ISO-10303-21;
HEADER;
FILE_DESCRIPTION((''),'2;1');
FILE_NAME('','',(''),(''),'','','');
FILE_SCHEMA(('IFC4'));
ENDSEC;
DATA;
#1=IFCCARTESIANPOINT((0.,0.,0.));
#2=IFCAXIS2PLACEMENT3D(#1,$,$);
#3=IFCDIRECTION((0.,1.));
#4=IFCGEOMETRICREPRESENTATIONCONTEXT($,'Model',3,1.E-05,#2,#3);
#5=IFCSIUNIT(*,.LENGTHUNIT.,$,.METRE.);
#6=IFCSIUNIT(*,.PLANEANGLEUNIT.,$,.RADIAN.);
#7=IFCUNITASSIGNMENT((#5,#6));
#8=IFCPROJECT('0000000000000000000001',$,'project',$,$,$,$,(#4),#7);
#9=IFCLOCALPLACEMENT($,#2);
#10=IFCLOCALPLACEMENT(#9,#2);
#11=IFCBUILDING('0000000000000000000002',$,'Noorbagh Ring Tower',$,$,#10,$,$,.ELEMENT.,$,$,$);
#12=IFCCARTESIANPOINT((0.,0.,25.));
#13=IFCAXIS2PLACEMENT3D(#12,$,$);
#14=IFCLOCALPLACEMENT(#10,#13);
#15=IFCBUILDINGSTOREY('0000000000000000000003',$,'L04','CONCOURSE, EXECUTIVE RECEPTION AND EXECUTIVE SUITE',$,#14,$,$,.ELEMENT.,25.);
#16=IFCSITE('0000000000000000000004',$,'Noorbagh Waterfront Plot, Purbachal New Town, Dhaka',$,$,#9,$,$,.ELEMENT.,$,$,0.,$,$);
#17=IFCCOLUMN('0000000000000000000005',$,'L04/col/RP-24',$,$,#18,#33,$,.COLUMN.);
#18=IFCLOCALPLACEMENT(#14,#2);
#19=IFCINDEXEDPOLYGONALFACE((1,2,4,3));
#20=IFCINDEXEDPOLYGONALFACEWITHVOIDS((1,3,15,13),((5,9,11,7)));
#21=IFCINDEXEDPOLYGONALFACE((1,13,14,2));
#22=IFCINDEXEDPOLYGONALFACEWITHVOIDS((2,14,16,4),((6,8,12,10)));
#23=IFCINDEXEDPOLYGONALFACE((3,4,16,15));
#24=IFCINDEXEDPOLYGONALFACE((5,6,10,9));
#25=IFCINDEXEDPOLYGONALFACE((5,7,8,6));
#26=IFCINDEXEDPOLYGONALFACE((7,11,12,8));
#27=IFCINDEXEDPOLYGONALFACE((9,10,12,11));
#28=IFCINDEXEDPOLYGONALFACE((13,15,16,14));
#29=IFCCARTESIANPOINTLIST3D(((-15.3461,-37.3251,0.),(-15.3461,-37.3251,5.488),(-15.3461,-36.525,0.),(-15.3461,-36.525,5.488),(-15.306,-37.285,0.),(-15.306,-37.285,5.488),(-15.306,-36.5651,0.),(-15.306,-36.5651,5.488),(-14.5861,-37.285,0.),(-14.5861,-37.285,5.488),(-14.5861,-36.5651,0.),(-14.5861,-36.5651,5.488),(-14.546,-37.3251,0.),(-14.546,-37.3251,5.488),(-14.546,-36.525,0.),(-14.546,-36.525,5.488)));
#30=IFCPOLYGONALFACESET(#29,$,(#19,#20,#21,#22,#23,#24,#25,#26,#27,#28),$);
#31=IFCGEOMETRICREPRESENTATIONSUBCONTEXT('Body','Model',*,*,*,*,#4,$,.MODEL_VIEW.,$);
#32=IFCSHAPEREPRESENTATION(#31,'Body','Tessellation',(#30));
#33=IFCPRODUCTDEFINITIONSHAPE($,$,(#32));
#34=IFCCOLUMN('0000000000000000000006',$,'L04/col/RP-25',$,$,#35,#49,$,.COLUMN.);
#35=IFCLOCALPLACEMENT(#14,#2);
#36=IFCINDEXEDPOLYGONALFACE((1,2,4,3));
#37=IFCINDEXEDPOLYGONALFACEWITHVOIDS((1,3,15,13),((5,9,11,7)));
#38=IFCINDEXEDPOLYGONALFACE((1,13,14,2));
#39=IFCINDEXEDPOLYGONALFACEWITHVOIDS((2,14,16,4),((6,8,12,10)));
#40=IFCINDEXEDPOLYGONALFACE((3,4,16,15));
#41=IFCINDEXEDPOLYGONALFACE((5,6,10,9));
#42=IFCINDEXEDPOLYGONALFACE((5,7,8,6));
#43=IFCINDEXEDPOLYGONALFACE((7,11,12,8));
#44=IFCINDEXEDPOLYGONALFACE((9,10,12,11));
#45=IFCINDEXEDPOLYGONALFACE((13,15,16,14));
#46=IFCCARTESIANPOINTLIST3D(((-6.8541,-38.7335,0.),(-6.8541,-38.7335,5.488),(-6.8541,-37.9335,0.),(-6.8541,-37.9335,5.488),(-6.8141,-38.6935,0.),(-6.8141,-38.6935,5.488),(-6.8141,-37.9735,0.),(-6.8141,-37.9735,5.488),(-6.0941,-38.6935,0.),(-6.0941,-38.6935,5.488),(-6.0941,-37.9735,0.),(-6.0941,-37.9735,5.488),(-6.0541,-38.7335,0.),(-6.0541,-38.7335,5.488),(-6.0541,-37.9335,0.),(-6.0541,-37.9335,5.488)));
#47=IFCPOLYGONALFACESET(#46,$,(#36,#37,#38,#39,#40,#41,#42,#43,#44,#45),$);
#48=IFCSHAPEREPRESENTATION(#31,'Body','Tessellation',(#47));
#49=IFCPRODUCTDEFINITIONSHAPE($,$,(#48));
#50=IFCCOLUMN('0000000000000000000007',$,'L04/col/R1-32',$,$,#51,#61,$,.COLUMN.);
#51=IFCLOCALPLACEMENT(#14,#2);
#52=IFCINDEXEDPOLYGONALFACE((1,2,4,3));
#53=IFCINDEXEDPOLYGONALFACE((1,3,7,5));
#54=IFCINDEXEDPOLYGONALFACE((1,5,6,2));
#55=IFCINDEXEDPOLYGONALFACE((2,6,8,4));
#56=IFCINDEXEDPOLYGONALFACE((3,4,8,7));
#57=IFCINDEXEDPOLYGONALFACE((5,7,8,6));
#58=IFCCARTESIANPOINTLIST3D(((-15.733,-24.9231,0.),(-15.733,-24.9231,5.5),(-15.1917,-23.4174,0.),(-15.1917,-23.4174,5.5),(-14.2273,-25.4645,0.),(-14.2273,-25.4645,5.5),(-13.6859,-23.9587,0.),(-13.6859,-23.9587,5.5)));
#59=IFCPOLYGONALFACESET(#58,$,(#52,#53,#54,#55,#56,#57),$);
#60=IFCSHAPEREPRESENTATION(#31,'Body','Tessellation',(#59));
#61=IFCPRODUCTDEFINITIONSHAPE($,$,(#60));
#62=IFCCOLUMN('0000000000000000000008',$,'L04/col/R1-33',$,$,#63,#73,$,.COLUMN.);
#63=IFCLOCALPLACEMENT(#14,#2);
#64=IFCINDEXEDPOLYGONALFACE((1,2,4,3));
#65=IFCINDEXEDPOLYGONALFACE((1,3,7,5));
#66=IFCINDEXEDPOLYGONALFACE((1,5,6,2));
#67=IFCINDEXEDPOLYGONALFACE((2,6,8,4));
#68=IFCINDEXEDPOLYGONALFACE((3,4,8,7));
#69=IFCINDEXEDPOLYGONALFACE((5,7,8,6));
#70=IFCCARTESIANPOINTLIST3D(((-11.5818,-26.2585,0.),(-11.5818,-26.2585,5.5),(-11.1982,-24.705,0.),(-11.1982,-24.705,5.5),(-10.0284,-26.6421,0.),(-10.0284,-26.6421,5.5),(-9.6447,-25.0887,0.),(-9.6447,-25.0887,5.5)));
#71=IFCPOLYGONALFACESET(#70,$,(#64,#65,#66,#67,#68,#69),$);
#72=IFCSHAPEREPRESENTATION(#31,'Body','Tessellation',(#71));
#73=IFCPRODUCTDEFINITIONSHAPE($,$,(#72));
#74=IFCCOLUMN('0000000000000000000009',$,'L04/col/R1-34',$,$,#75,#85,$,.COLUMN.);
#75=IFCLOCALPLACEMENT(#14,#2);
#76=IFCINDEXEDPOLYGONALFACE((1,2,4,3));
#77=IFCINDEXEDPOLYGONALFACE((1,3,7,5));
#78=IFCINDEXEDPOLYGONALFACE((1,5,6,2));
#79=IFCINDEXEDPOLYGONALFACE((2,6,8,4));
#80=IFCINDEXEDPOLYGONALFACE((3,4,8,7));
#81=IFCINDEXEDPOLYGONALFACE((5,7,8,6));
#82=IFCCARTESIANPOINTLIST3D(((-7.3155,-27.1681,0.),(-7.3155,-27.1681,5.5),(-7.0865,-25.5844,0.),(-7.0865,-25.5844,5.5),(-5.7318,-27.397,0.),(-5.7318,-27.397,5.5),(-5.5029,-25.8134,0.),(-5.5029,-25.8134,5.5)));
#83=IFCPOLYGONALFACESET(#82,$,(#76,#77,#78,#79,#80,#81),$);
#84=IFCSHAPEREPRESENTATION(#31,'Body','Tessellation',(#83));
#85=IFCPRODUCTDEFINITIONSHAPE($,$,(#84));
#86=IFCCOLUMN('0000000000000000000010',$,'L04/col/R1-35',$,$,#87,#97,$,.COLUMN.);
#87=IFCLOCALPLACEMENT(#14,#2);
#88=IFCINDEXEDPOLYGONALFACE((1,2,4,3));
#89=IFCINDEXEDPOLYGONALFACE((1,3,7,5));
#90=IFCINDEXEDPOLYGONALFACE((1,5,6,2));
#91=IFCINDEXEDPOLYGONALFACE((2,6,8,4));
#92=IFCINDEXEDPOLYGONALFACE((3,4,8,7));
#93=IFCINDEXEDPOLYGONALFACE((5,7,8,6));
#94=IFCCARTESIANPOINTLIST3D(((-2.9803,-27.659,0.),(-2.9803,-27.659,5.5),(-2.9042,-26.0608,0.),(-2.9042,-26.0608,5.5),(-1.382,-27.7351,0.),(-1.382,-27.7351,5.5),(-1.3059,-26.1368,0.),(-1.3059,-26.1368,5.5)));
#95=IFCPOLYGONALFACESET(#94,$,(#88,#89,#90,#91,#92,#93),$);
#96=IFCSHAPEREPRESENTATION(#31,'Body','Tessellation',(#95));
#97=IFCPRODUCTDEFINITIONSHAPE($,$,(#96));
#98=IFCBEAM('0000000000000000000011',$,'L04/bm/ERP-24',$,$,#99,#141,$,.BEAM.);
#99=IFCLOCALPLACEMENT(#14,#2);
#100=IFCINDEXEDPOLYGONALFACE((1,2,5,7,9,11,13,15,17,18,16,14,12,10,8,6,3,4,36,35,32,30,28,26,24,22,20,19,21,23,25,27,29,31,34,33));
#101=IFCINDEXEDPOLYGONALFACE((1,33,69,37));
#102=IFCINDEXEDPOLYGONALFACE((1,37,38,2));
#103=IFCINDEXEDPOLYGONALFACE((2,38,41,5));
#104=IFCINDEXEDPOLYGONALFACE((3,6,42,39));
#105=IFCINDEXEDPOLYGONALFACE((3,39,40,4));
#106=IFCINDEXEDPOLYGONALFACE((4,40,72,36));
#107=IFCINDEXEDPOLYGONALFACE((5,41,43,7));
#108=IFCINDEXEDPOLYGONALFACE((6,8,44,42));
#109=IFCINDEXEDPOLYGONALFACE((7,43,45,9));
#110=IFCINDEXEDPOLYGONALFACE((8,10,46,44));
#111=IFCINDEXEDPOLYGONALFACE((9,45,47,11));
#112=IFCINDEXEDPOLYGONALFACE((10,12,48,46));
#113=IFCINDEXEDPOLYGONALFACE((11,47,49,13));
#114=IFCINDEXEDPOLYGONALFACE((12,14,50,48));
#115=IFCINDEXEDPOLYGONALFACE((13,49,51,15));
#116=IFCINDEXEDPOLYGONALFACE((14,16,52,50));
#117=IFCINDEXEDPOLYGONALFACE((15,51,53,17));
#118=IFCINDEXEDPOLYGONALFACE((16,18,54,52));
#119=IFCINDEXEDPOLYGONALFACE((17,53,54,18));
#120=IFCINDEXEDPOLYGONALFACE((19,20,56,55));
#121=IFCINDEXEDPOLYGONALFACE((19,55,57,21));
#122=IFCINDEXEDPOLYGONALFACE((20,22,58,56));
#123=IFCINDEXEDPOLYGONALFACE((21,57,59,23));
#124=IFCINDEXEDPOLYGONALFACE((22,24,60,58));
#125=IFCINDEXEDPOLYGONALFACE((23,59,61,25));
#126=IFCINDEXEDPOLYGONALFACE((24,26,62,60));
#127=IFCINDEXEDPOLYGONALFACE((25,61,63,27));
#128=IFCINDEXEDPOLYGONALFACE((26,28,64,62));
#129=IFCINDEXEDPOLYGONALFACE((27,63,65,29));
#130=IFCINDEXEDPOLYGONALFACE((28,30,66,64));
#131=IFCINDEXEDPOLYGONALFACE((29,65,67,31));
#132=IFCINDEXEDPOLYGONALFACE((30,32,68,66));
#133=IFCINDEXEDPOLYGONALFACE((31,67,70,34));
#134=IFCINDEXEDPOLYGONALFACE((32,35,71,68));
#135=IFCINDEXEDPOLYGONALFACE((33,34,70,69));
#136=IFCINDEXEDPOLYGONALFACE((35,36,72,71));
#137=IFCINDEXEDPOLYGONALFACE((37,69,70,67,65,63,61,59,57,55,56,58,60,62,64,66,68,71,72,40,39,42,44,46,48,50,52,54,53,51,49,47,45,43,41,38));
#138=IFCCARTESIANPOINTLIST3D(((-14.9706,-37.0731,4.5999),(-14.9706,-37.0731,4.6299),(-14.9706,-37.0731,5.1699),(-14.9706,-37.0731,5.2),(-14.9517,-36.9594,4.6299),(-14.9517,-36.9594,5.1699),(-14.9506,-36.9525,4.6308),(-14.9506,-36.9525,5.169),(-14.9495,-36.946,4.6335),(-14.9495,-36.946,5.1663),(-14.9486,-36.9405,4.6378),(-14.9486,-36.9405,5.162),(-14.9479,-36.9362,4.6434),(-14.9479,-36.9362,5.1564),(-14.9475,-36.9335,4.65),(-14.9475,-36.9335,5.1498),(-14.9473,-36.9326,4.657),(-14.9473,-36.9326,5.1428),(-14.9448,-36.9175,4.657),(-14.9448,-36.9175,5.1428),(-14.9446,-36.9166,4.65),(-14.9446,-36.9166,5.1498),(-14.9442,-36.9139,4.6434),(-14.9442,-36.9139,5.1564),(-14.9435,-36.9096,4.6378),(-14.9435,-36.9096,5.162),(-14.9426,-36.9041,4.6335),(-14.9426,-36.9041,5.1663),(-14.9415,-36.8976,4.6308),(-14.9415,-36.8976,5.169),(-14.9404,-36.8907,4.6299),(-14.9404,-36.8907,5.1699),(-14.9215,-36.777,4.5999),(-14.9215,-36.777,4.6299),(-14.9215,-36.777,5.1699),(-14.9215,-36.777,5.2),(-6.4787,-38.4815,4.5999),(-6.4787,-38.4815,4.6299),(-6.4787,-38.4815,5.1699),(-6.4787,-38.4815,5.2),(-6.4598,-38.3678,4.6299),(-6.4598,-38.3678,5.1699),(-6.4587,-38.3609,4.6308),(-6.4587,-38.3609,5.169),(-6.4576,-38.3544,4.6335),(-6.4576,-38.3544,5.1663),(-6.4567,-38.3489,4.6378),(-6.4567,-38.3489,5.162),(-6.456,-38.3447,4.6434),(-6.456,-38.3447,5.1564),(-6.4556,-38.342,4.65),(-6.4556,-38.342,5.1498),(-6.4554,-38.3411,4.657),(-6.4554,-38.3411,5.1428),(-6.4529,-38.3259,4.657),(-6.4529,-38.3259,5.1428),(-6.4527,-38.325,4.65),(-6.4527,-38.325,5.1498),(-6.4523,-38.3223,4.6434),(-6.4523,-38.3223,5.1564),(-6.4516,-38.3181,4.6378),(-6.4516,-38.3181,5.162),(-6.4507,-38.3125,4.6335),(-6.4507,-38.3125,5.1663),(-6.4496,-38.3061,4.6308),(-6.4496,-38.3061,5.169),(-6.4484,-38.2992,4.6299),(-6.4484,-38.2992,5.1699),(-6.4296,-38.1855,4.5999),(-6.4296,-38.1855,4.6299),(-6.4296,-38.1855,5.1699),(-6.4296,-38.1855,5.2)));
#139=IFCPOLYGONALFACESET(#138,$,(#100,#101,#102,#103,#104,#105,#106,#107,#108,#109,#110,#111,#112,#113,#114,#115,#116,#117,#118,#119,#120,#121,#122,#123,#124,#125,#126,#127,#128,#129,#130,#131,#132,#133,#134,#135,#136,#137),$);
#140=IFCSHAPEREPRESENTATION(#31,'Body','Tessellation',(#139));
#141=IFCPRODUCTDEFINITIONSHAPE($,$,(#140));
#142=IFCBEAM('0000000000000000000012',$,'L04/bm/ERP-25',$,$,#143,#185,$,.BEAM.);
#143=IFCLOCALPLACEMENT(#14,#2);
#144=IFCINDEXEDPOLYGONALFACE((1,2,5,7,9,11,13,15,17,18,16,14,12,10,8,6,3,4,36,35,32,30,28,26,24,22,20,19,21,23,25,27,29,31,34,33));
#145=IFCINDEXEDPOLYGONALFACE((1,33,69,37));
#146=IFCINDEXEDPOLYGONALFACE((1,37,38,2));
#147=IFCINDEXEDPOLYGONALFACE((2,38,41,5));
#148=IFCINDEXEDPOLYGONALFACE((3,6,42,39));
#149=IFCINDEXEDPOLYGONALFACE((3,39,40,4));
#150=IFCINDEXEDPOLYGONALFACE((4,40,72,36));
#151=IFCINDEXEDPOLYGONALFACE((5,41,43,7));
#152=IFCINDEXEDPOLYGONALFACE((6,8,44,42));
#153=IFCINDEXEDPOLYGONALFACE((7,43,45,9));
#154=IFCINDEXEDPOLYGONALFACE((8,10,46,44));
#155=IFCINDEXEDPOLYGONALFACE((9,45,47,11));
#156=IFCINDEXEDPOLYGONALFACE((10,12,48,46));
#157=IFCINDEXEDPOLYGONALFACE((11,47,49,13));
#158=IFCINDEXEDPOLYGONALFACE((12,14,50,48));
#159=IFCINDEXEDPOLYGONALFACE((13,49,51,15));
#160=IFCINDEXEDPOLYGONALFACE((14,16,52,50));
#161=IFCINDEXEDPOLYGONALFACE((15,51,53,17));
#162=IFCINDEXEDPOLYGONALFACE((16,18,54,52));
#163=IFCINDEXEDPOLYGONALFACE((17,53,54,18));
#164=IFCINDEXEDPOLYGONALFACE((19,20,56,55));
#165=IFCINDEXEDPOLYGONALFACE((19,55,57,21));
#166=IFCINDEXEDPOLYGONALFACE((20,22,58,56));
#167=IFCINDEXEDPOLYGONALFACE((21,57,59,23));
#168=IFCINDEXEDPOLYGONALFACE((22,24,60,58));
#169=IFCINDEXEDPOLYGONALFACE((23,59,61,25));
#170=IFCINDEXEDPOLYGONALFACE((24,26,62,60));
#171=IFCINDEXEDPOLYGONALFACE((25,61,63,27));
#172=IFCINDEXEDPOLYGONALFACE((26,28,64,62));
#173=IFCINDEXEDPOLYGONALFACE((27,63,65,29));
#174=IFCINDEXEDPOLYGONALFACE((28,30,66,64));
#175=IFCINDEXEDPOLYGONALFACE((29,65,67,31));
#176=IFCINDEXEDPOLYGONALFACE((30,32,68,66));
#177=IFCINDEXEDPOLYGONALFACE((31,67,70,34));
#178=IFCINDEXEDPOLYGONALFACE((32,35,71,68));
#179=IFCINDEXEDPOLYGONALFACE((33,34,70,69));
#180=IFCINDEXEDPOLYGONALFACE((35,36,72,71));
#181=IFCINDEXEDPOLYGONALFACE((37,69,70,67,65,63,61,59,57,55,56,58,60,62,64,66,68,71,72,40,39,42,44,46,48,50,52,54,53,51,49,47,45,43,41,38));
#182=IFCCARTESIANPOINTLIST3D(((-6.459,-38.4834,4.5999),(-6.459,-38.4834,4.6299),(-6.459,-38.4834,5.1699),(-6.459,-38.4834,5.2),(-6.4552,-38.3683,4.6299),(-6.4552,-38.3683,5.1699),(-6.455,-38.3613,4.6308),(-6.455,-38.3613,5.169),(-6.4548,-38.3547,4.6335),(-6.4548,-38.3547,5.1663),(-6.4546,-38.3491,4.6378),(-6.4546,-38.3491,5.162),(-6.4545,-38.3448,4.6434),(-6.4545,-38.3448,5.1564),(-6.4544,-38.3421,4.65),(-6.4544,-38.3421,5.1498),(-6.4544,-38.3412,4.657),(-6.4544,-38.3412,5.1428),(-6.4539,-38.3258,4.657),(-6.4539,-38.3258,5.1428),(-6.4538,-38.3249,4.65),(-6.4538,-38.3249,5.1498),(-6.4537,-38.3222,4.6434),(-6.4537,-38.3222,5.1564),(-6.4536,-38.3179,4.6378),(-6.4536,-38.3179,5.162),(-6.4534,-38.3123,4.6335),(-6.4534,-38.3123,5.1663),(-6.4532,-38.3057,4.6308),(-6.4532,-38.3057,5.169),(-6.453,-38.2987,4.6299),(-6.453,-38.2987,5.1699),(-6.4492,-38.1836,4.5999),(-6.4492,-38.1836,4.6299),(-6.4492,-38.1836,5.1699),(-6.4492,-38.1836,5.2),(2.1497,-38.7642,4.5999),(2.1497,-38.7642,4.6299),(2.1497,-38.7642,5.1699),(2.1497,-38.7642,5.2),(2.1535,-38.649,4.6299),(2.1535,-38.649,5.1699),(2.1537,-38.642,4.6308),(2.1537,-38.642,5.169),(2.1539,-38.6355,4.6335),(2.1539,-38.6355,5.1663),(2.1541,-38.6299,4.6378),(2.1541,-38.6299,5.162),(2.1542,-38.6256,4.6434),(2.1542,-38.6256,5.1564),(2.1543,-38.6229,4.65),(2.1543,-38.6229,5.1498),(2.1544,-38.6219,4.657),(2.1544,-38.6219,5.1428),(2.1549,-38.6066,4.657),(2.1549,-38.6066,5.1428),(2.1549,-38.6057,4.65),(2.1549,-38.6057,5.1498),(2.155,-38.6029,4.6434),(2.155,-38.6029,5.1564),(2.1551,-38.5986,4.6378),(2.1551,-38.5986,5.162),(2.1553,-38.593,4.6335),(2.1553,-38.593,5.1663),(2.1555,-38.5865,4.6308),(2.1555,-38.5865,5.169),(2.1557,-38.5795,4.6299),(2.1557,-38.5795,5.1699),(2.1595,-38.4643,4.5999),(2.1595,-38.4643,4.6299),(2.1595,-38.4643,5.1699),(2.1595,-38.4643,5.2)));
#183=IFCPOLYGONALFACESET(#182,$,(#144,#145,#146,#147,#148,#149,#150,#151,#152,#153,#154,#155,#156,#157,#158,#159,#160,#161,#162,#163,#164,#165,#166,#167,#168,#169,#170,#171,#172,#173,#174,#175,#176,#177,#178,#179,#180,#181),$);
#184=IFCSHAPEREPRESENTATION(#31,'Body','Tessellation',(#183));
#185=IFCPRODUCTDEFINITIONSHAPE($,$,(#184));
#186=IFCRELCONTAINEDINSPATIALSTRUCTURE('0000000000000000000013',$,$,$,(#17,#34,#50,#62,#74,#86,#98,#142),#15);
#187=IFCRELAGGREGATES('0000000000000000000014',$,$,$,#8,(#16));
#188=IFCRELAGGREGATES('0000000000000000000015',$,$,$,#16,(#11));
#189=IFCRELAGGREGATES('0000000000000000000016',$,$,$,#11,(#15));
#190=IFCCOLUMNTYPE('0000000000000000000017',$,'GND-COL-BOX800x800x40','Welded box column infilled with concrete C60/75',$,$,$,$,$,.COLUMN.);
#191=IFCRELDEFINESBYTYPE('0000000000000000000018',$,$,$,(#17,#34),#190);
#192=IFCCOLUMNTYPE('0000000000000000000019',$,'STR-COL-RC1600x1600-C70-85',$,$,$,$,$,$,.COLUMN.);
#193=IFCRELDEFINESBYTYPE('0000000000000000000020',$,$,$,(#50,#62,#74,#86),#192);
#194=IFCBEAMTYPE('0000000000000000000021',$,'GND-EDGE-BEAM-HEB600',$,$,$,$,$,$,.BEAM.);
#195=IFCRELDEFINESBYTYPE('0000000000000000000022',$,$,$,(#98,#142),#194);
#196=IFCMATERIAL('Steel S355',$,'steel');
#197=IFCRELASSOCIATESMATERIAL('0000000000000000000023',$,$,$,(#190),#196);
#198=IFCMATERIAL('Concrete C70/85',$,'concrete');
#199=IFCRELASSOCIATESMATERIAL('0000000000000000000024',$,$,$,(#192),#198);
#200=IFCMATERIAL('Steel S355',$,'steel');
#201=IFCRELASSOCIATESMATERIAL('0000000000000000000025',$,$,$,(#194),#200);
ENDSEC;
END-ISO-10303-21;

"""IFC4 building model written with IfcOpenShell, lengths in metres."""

from ifc_helpers import new_model, si_unit, direction, frame, origin, origin_2d, place, context, subcontext, project, spatial, rectangle, hollow_rectangle, i_section, extrude, material, material_profile, profile_set, type_object, element, save


model = new_model("IFC4")

# Units and contexts
model_context = context("Model", 3, precision=1e-05, world=origin(), true_north=direction((0.0, 1.0)))
body_context = subcontext(model_context, "Body", "Model", "MODEL_VIEW")
ifc_project = project(units=[si_unit("LENGTHUNIT", "METRE"), si_unit("PLANEANGLEUNIT", "RADIAN")], contexts=[model_context])

# Site, building, storey
site_placement = place(None, origin())
site = spatial("IfcSite", under=ifc_project, at=site_placement, Name="Noorbagh Waterfront Plot, Purbachal New Town, Dhaka", CompositionType="ELEMENT", RefElevation=0.0)
building_placement = place(site_placement, origin())
building = spatial("IfcBuilding", under=site, at=building_placement, Name="Noorbagh Ring Tower", CompositionType="ELEMENT")
storey_placement = place(building_placement, frame((0.0, 0.0, 25.0)))
storey = spatial("IfcBuildingStorey", under=building, at=storey_placement, Name="L04", Description="CONCOURSE, EXECUTIVE RECEPTION AND EXECUTIVE SUITE", CompositionType="ELEMENT", Elevation=25.0)

# Columns
ifc_material_1 = material(Name="Steel S355", Category="steel")
ifc_material_profile_1 = material_profile(ifc_material_1, hollow_rectangle(XDim=0.8, YDim=0.8, WallThickness=0.04, at=origin_2d()), Name="BOX800x800x40")
ifc_profile_set_1 = profile_set([ifc_material_profile_1], Name="Steel S355")
column_type_1 = type_object("IfcColumnType", Name="GND-COL-BOX800x800x40", Description="Welded box column infilled with concrete C60/75", PredefinedType="COLUMN", material=ifc_profile_set_1)
for number, where, z_axis, x_axis, name in (
    (1, (-14.946, -36.925, 0.0), (0.0, 0.0, 1.0), (1.0, 0.0, 0.0), "L04/col/RP-24"),
    (2, (-6.4541, -38.3335, 0.0), (0.0, 0.0, 1.0), (1.0, 0.0, 0.0), "L04/col/RP-25"),
):
    element("IfcColumn", number, at=place(storey_placement, frame(where, z_axis=z_axis, x_axis=x_axis)), inside=storey, type_object=column_type_1, Name=name, PredefinedType="COLUMN", context=body_context, shape_type="SweptSolid", body=[
        extrude(hollow_rectangle(XDim=0.8, YDim=0.8, WallThickness=0.04, at=origin_2d()), origin(), (0.0, 0.0, 1.0), 5.488),
    ])
ifc_material_2 = material(Name="Concrete C70/85", Category="concrete")
ifc_material_profile_2 = material_profile(ifc_material_2, rectangle(XDim=1.6001, YDim=1.6001, at=origin_2d()), Name="RC1600x1600")
ifc_profile_set_2 = profile_set([ifc_material_profile_2], Name="Concrete C70/85")
column_type_2 = type_object("IfcColumnType", Name="STR-COL-RC1600x1600-C70-85", PredefinedType="COLUMN", material=ifc_profile_set_2)
for number, where, z_axis, x_axis, name in (
    (3, (-14.7095, -24.4409, 0.0), (0.0, 0.0, 1.0), (0.941025, -0.338338, 0.0), "L04/col/R1-32"),
    (4, (-10.6133, -25.6736, 0.0), (0.0, 0.0, 1.0), (0.970829, -0.239771, 0.0), "L04/col/R1-33"),
    (5, (-6.4092, -26.4907, 0.0), (0.0, 0.0, 1.0), (0.989713, -0.143066, 0.0), "L04/col/R1-34"),
    (6, (-2.1431, -26.8979, 0.0), (0.0, 0.0, 1.0), (0.998869, -0.047553, 0.0), "L04/col/R1-35"),
):
    element("IfcColumn", number, at=place(storey_placement, frame(where, z_axis=z_axis, x_axis=x_axis)), inside=storey, type_object=column_type_2, Name=name, PredefinedType="COLUMN", context=body_context, shape_type="SweptSolid", body=[
        extrude(rectangle(XDim=1.6001, YDim=1.6001, at=origin_2d()), origin(), (0.0, 0.0, 1.0), 5.5),
    ])

# Beams
ifc_material_3 = material(Name="Steel S355", Category="steel")
ifc_material_profile_3 = material_profile(ifc_material_3, i_section(OverallWidth=0.3, OverallDepth=0.6001, WebThickness=0.0154, FlangeThickness=0.03, FilletRadius=0.0271, at=origin_2d()), Name="HEB600")
ifc_profile_set_3 = profile_set([ifc_material_profile_3], Name="Steel S355")
beam_type_1 = type_object("IfcBeamType", Name="GND-EDGE-BEAM-HEB600", PredefinedType="BEAM", material=ifc_profile_set_3)
beam_1_placement = place(storey_placement, frame((-14.946, -36.925, 4.8999), z_axis=(0.986523, -0.163622, 0.0), x_axis=(0.163622, 0.986523, 0.0)))
element("IfcBeam", 7, at=beam_1_placement, inside=storey, type_object=beam_type_1, Name="L04/bm/ERP-24", PredefinedType="BEAM", context=body_context, shape_type="SweptSolid", body=[
    extrude(i_section(OverallWidth=0.3, OverallDepth=0.6001, WebThickness=0.0154, FlangeThickness=0.03, FilletRadius=0.0271, at=origin_2d()), origin(), (0.0, 0.0, 1.0), 8.6079),
])
beam_2_placement = place(storey_placement, frame((-6.4541, -38.3335, 4.8999), z_axis=(0.999469, -0.032597, 0.0), x_axis=(0.032597, 0.999469, 0.0)))
element("IfcBeam", 8, at=beam_2_placement, inside=storey, type_object=beam_type_1, Name="L04/bm/ERP-25", PredefinedType="BEAM", context=body_context, shape_type="SweptSolid", body=[
    extrude(i_section(OverallWidth=0.3, OverallDepth=0.6001, WebThickness=0.0154, FlangeThickness=0.03, FilletRadius=0.0271, at=origin_2d()), origin(), (0.0, 0.0, 1.0), 8.6133),
])

save(model, "model.ifc")
